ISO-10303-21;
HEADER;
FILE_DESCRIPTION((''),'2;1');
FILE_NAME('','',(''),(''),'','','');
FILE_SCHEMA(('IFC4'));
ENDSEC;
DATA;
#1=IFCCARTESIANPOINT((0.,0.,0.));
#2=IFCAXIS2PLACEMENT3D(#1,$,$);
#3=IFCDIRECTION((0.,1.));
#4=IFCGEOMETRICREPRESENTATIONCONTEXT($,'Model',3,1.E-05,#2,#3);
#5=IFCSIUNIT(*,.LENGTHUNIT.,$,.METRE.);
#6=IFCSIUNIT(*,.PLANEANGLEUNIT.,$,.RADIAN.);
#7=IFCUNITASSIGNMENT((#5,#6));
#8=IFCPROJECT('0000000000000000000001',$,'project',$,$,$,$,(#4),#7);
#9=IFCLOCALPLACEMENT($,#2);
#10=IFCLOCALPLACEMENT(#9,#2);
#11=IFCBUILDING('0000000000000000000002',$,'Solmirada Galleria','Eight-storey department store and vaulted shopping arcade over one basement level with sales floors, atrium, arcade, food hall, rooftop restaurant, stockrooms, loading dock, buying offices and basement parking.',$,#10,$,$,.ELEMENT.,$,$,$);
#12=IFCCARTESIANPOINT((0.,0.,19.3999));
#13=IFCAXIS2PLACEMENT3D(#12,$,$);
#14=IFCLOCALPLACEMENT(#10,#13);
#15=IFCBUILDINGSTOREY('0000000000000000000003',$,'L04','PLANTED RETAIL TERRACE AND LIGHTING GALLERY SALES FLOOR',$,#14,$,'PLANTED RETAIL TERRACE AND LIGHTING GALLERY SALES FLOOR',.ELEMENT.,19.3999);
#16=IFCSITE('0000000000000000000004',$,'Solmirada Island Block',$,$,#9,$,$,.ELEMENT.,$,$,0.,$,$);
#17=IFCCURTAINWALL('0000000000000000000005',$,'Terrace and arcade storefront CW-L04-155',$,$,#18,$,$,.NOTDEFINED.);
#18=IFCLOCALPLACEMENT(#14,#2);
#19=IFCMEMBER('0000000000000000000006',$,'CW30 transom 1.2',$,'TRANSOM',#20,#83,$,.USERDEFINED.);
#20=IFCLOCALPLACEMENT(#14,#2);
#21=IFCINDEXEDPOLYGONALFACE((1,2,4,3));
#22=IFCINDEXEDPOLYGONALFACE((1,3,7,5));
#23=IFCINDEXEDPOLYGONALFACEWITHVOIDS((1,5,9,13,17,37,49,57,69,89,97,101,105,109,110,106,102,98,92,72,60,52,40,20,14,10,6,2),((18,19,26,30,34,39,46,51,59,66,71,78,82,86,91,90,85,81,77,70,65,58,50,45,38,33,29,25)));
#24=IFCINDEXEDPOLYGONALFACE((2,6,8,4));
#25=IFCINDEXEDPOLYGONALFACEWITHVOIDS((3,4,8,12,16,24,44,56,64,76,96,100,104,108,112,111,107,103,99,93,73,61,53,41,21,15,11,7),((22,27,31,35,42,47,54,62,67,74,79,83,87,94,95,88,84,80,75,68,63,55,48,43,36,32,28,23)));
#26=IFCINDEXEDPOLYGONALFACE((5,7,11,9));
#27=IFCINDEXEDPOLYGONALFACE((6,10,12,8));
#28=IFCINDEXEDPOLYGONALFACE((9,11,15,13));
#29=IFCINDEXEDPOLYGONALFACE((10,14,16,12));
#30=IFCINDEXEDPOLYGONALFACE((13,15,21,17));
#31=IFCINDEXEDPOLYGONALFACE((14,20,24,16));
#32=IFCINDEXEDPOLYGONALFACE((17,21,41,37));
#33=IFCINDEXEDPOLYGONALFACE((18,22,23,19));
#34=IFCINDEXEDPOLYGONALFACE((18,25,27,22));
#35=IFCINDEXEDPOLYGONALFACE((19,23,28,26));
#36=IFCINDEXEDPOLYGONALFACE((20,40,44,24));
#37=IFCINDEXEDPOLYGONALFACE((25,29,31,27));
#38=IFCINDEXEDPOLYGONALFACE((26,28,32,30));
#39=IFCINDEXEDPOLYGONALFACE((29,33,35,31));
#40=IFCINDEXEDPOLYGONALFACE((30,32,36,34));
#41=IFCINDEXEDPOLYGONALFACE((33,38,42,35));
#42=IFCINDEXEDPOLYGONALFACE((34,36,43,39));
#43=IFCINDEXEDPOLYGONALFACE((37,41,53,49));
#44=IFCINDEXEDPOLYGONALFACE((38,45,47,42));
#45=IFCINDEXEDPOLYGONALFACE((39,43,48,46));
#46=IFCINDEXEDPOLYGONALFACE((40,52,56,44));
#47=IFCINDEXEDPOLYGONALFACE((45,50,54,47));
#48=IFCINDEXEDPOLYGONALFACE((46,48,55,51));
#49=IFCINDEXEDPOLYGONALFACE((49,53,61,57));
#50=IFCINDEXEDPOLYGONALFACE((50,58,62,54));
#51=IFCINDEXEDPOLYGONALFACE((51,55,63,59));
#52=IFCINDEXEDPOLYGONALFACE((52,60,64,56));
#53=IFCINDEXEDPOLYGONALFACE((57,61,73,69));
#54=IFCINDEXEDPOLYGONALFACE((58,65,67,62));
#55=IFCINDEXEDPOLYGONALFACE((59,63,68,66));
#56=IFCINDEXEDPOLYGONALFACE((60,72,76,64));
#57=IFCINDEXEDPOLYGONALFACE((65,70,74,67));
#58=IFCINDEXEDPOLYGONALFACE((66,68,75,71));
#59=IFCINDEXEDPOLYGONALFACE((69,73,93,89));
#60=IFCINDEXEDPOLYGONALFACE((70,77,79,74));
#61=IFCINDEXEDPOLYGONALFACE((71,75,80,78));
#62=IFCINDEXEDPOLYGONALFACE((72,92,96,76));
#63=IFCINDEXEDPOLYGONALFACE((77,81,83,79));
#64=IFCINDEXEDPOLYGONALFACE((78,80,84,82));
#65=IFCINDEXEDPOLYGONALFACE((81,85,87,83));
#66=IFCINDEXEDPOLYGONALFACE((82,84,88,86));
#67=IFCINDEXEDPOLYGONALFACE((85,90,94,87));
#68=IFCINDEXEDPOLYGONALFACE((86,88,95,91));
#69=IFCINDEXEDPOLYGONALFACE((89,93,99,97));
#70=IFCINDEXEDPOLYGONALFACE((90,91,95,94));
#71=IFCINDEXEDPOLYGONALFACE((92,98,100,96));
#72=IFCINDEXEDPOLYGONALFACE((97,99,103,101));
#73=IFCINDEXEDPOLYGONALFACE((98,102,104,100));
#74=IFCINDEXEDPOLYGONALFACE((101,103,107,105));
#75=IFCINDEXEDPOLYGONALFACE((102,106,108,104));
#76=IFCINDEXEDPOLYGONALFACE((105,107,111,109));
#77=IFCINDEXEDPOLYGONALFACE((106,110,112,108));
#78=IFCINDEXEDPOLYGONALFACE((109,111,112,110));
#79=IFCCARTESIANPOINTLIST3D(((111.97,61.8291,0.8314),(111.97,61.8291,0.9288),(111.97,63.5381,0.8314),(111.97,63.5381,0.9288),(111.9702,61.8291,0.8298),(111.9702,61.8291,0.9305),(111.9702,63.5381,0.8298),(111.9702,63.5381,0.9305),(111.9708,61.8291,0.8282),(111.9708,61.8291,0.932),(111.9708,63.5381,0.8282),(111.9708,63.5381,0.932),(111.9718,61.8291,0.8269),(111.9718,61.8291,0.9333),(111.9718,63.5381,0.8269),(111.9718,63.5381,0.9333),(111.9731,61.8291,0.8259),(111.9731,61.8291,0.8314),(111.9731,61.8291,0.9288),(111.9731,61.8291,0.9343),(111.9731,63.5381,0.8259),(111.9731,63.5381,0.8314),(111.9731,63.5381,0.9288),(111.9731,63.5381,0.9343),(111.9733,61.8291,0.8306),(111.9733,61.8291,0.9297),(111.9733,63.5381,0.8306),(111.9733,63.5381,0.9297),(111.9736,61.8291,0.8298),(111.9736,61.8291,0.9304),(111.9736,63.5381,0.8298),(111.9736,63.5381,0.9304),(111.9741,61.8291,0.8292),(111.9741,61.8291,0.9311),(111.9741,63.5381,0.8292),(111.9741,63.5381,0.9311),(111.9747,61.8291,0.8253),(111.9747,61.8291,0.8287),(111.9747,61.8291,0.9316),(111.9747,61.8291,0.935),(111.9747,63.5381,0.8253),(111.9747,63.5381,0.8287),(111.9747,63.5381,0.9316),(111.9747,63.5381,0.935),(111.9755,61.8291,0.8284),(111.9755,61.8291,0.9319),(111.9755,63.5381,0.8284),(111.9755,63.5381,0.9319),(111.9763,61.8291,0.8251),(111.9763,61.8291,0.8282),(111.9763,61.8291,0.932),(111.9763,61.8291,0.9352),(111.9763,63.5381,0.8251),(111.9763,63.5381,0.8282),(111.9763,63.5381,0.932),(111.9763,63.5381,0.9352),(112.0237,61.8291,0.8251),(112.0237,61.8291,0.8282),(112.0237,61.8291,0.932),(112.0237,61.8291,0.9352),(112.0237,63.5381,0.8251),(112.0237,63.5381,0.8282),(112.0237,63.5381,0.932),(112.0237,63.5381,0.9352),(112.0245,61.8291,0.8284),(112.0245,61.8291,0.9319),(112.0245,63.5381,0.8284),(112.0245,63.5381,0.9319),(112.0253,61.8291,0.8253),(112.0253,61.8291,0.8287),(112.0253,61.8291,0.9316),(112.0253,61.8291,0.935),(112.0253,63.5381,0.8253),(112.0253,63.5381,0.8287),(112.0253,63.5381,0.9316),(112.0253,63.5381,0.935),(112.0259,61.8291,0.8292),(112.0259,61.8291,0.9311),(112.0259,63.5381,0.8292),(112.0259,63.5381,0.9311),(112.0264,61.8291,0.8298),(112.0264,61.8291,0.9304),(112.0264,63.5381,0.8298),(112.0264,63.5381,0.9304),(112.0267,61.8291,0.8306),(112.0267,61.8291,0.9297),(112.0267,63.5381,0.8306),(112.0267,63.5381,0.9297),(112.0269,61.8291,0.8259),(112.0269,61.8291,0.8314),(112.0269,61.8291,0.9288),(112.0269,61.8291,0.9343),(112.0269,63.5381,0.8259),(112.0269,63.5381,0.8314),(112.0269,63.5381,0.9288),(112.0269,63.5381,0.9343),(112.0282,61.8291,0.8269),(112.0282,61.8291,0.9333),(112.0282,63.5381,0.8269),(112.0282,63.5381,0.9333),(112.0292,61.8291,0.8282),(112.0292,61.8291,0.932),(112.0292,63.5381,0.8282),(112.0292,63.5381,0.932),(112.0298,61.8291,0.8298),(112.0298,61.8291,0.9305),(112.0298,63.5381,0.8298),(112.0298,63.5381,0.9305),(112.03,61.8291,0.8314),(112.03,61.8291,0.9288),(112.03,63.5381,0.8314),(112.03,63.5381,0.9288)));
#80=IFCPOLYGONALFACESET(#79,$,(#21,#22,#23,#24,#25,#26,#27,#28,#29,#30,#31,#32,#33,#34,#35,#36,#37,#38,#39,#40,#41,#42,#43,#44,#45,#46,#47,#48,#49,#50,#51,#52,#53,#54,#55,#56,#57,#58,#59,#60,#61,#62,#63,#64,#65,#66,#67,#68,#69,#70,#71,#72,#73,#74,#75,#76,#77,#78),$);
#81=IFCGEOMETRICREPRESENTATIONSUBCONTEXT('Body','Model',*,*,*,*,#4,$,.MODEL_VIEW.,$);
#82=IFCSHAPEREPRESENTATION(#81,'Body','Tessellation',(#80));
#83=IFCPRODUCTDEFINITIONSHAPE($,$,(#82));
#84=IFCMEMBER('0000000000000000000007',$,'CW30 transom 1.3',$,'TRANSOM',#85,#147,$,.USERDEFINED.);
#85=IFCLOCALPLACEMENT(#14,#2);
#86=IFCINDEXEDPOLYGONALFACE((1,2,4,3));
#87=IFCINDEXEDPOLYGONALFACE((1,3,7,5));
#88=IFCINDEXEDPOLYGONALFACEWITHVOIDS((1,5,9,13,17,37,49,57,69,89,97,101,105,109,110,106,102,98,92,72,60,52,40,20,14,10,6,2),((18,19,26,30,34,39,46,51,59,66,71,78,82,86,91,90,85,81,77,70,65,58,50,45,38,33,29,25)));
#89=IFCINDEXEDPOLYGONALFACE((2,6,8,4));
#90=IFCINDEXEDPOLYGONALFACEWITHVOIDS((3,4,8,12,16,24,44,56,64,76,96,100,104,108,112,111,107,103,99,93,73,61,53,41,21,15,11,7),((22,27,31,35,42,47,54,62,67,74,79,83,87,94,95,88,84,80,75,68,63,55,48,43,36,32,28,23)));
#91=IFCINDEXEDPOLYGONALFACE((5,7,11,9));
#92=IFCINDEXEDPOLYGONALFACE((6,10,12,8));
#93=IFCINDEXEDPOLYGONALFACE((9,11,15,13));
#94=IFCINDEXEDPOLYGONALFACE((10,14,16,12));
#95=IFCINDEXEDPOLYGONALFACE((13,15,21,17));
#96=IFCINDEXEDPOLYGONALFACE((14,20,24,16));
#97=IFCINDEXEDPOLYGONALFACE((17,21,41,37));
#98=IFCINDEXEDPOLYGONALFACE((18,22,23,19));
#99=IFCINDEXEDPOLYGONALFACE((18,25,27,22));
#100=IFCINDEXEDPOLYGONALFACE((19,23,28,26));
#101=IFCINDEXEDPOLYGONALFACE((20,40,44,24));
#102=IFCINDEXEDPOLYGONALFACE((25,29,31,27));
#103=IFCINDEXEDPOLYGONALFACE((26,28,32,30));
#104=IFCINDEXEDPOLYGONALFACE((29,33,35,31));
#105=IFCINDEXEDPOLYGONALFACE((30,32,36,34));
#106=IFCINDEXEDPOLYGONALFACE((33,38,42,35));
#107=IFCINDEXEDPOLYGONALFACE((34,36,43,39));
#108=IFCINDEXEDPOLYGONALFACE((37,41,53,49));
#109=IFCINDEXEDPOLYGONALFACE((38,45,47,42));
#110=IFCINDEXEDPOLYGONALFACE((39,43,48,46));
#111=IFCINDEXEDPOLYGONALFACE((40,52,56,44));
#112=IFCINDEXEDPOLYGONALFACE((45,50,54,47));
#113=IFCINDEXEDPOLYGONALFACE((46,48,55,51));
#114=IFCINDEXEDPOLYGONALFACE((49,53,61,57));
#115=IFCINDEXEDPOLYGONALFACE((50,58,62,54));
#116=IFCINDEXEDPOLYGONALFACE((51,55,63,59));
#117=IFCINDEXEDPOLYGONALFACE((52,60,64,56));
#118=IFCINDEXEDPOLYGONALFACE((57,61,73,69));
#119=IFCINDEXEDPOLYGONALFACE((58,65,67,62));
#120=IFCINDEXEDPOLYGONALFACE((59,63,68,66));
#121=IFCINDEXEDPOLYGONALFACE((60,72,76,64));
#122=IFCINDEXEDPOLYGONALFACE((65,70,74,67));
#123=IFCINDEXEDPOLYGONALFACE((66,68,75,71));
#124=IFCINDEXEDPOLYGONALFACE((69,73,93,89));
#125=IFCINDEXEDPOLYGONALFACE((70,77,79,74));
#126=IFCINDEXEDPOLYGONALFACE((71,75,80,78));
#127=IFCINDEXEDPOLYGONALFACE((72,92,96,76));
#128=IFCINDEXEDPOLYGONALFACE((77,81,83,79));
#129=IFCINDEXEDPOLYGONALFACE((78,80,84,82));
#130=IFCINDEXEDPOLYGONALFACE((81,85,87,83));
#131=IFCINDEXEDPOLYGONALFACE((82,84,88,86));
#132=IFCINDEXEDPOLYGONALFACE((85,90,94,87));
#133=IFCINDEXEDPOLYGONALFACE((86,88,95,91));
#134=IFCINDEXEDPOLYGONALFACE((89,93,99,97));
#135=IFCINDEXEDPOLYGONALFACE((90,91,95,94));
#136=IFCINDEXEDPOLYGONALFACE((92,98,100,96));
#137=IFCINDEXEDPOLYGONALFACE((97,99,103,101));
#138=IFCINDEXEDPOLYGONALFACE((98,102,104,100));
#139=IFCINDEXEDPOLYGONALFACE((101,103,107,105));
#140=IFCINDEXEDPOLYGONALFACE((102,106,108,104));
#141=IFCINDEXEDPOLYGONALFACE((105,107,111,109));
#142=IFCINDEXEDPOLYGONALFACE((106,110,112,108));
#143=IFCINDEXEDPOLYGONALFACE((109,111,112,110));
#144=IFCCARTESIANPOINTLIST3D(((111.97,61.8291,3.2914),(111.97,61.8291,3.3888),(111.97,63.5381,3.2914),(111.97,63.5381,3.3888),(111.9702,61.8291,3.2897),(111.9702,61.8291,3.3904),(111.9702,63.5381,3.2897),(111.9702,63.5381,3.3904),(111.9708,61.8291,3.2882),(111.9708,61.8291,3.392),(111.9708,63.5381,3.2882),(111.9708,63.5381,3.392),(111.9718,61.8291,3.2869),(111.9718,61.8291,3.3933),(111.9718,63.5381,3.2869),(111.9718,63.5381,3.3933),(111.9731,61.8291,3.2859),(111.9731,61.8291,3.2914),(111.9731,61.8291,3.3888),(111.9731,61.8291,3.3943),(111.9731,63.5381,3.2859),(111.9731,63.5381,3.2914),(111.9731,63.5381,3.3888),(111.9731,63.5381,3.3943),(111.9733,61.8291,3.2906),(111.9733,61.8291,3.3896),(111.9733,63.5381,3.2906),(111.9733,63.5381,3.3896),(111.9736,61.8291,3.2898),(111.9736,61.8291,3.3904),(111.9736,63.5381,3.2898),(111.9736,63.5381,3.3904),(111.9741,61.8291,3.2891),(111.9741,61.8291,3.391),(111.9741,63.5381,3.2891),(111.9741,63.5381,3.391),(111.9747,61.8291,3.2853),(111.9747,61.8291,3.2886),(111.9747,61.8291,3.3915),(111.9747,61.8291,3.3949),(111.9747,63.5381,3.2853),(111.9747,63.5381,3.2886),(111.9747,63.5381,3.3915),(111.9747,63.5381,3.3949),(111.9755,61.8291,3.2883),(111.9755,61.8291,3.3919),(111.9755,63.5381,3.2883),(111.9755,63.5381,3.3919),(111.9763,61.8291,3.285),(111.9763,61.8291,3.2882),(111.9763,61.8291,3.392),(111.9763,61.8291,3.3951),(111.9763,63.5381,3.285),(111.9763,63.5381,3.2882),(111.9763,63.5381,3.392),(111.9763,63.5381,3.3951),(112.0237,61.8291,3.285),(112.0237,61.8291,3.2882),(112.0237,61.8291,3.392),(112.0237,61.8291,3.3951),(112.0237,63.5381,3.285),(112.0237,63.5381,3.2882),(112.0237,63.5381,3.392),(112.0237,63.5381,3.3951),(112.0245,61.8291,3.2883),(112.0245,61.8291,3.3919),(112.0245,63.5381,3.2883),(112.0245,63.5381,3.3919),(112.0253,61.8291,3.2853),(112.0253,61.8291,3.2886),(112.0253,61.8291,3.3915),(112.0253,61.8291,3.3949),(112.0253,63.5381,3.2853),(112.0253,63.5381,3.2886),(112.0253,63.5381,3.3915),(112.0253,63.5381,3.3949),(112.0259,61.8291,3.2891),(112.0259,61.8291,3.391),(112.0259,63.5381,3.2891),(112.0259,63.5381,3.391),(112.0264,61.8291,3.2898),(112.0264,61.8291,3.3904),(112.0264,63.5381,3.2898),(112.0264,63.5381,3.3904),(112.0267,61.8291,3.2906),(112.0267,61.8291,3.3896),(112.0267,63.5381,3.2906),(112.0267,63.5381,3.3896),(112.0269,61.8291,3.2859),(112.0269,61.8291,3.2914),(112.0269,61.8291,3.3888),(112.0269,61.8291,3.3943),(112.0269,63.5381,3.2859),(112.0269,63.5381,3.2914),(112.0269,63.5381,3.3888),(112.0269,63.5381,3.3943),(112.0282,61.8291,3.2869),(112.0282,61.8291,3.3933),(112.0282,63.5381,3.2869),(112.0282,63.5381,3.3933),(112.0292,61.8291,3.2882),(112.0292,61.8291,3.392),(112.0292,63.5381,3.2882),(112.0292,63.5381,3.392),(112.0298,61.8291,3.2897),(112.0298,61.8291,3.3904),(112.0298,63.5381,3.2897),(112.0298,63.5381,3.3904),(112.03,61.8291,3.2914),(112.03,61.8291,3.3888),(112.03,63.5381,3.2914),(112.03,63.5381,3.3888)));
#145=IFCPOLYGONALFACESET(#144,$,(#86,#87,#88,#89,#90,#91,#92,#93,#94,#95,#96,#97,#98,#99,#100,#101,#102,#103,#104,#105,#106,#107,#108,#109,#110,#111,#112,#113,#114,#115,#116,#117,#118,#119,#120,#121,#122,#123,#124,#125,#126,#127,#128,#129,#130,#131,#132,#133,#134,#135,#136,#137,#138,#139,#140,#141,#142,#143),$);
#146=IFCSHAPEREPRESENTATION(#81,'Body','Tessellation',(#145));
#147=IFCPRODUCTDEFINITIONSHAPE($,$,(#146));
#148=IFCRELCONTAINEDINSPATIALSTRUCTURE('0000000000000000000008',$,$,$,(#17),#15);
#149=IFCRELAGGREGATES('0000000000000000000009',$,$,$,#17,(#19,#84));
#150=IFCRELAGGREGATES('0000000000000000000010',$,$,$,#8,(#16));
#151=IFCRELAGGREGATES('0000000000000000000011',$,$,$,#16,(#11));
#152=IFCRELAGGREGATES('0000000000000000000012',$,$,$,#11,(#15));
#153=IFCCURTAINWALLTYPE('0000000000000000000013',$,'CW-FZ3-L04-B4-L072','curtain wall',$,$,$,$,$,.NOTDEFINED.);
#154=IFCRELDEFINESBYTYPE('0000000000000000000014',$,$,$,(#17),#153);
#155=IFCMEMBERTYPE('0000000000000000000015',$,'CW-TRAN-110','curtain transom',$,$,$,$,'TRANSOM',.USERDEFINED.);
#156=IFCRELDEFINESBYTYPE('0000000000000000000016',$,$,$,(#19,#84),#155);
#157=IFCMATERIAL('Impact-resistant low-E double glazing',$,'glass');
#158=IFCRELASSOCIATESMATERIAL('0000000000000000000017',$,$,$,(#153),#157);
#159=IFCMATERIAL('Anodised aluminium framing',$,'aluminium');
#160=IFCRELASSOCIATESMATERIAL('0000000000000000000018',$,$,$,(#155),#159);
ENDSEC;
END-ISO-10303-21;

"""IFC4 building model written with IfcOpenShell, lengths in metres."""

from ifc_helpers import new_model, si_unit, direction, frame, origin, origin_2d, place, context, subcontext, project, spatial, hollow_rectangle, extrude, material, material_profile, profile_set, type_object, element, aggregate, save


model = new_model("IFC4")

# Units and contexts
model_context = context("Model", 3, precision=1e-05, world=origin(), true_north=direction((0.0, 1.0)))
body_context = subcontext(model_context, "Body", "Model", "MODEL_VIEW")
ifc_project = project(units=[si_unit("LENGTHUNIT", "METRE"), si_unit("PLANEANGLEUNIT", "RADIAN")], contexts=[model_context])

# Site, building, storey
site_placement = place(None, origin())
site = spatial("IfcSite", under=ifc_project, at=site_placement, Name="Solmirada Island Block", CompositionType="ELEMENT", RefElevation=0.0)
building_placement = place(site_placement, origin())
building = spatial("IfcBuilding", under=site, at=building_placement, Name="Solmirada Galleria", Description="Eight-storey department store and vaulted shopping arcade over one basement level with sales floors, atrium, arcade, food hall, rooftop restaurant, stockrooms, loading dock, buying offices and basement parking.", CompositionType="ELEMENT")
storey_placement = place(building_placement, frame((0.0, 0.0, 19.3999)))
storey = spatial("IfcBuildingStorey", under=building, at=storey_placement, Name="L04", Description="PLANTED RETAIL TERRACE AND LIGHTING GALLERY SALES FLOOR", LongName="PLANTED RETAIL TERRACE AND LIGHTING GALLERY SALES FLOOR", CompositionType="ELEMENT", Elevation=19.3999)

# Shared definitions
ifc_material_1 = material(Name="Impact-resistant low-E double glazing", Category="glass")
curtain_wall_type = type_object("IfcCurtainWallType", Name="CW-FZ3-L04-B4-L072", Description="curtain wall", PredefinedType="NOTDEFINED", material=ifc_material_1)
ifc_material_2 = material(Name="Anodised aluminium framing", Category="aluminium")

# Curtain wall
curtain_wall_1_placement = place(storey_placement, origin())
curtain_wall_1 = element("IfcCurtainWall", 1, at=curtain_wall_1_placement, inside=storey, type_object=curtain_wall_type, Name="Terrace and arcade storefront CW-L04-155", PredefinedType="NOTDEFINED")

# Members
ifc_material_profile_1 = material_profile(ifc_material_2, hollow_rectangle(XDim=0.0601, YDim=0.1101, WallThickness=0.0032, InnerFilletRadius=0.0032, OuterFilletRadius=0.0063, at=origin_2d()), Name="ALU-TRAN-110X60")
ifc_profile_set_1 = profile_set([ifc_material_profile_1], Name="Anodised aluminium framing")
member_type_1 = type_object("IfcMemberType", Name="CW-TRAN-110", Description="curtain transom", ElementType="TRANSOM", PredefinedType="USERDEFINED", material=ifc_profile_set_1)
member_1_placement = place(storey_placement, frame((112.0, 63.5381, 0.8801), z_axis=(0.0, -1.0, 0.0), x_axis=(1.0, 0.0, 0.0)))
member_1 = element("IfcMember", 2, at=member_1_placement, type_object=member_type_1, Name="CW30 transom 1.2", ObjectType="TRANSOM", PredefinedType="USERDEFINED", context=body_context, shape_type="SweptSolid", body=[
    extrude(hollow_rectangle(XDim=0.0601, YDim=0.1101, WallThickness=0.0032, InnerFilletRadius=0.0032, OuterFilletRadius=0.0063, at=origin_2d()), origin(), (0.0, 0.0, 1.0), 1.709),
])
member_2_placement = place(storey_placement, frame((112.0, 63.5381, 3.3401), z_axis=(0.0, -1.0, 0.0), x_axis=(1.0, 0.0, 0.0)))
member_2 = element("IfcMember", 3, at=member_2_placement, type_object=member_type_1, Name="CW30 transom 1.3", ObjectType="TRANSOM", PredefinedType="USERDEFINED", context=body_context, shape_type="SweptSolid", body=[
    extrude(hollow_rectangle(XDim=0.0601, YDim=0.1101, WallThickness=0.0032, InnerFilletRadius=0.0032, OuterFilletRadius=0.0063, at=origin_2d()), origin(), (0.0, 0.0, 1.0), 1.709),
])

aggregate(curtain_wall_1, [member_1, member_2])

save(model, "model.ifc")
